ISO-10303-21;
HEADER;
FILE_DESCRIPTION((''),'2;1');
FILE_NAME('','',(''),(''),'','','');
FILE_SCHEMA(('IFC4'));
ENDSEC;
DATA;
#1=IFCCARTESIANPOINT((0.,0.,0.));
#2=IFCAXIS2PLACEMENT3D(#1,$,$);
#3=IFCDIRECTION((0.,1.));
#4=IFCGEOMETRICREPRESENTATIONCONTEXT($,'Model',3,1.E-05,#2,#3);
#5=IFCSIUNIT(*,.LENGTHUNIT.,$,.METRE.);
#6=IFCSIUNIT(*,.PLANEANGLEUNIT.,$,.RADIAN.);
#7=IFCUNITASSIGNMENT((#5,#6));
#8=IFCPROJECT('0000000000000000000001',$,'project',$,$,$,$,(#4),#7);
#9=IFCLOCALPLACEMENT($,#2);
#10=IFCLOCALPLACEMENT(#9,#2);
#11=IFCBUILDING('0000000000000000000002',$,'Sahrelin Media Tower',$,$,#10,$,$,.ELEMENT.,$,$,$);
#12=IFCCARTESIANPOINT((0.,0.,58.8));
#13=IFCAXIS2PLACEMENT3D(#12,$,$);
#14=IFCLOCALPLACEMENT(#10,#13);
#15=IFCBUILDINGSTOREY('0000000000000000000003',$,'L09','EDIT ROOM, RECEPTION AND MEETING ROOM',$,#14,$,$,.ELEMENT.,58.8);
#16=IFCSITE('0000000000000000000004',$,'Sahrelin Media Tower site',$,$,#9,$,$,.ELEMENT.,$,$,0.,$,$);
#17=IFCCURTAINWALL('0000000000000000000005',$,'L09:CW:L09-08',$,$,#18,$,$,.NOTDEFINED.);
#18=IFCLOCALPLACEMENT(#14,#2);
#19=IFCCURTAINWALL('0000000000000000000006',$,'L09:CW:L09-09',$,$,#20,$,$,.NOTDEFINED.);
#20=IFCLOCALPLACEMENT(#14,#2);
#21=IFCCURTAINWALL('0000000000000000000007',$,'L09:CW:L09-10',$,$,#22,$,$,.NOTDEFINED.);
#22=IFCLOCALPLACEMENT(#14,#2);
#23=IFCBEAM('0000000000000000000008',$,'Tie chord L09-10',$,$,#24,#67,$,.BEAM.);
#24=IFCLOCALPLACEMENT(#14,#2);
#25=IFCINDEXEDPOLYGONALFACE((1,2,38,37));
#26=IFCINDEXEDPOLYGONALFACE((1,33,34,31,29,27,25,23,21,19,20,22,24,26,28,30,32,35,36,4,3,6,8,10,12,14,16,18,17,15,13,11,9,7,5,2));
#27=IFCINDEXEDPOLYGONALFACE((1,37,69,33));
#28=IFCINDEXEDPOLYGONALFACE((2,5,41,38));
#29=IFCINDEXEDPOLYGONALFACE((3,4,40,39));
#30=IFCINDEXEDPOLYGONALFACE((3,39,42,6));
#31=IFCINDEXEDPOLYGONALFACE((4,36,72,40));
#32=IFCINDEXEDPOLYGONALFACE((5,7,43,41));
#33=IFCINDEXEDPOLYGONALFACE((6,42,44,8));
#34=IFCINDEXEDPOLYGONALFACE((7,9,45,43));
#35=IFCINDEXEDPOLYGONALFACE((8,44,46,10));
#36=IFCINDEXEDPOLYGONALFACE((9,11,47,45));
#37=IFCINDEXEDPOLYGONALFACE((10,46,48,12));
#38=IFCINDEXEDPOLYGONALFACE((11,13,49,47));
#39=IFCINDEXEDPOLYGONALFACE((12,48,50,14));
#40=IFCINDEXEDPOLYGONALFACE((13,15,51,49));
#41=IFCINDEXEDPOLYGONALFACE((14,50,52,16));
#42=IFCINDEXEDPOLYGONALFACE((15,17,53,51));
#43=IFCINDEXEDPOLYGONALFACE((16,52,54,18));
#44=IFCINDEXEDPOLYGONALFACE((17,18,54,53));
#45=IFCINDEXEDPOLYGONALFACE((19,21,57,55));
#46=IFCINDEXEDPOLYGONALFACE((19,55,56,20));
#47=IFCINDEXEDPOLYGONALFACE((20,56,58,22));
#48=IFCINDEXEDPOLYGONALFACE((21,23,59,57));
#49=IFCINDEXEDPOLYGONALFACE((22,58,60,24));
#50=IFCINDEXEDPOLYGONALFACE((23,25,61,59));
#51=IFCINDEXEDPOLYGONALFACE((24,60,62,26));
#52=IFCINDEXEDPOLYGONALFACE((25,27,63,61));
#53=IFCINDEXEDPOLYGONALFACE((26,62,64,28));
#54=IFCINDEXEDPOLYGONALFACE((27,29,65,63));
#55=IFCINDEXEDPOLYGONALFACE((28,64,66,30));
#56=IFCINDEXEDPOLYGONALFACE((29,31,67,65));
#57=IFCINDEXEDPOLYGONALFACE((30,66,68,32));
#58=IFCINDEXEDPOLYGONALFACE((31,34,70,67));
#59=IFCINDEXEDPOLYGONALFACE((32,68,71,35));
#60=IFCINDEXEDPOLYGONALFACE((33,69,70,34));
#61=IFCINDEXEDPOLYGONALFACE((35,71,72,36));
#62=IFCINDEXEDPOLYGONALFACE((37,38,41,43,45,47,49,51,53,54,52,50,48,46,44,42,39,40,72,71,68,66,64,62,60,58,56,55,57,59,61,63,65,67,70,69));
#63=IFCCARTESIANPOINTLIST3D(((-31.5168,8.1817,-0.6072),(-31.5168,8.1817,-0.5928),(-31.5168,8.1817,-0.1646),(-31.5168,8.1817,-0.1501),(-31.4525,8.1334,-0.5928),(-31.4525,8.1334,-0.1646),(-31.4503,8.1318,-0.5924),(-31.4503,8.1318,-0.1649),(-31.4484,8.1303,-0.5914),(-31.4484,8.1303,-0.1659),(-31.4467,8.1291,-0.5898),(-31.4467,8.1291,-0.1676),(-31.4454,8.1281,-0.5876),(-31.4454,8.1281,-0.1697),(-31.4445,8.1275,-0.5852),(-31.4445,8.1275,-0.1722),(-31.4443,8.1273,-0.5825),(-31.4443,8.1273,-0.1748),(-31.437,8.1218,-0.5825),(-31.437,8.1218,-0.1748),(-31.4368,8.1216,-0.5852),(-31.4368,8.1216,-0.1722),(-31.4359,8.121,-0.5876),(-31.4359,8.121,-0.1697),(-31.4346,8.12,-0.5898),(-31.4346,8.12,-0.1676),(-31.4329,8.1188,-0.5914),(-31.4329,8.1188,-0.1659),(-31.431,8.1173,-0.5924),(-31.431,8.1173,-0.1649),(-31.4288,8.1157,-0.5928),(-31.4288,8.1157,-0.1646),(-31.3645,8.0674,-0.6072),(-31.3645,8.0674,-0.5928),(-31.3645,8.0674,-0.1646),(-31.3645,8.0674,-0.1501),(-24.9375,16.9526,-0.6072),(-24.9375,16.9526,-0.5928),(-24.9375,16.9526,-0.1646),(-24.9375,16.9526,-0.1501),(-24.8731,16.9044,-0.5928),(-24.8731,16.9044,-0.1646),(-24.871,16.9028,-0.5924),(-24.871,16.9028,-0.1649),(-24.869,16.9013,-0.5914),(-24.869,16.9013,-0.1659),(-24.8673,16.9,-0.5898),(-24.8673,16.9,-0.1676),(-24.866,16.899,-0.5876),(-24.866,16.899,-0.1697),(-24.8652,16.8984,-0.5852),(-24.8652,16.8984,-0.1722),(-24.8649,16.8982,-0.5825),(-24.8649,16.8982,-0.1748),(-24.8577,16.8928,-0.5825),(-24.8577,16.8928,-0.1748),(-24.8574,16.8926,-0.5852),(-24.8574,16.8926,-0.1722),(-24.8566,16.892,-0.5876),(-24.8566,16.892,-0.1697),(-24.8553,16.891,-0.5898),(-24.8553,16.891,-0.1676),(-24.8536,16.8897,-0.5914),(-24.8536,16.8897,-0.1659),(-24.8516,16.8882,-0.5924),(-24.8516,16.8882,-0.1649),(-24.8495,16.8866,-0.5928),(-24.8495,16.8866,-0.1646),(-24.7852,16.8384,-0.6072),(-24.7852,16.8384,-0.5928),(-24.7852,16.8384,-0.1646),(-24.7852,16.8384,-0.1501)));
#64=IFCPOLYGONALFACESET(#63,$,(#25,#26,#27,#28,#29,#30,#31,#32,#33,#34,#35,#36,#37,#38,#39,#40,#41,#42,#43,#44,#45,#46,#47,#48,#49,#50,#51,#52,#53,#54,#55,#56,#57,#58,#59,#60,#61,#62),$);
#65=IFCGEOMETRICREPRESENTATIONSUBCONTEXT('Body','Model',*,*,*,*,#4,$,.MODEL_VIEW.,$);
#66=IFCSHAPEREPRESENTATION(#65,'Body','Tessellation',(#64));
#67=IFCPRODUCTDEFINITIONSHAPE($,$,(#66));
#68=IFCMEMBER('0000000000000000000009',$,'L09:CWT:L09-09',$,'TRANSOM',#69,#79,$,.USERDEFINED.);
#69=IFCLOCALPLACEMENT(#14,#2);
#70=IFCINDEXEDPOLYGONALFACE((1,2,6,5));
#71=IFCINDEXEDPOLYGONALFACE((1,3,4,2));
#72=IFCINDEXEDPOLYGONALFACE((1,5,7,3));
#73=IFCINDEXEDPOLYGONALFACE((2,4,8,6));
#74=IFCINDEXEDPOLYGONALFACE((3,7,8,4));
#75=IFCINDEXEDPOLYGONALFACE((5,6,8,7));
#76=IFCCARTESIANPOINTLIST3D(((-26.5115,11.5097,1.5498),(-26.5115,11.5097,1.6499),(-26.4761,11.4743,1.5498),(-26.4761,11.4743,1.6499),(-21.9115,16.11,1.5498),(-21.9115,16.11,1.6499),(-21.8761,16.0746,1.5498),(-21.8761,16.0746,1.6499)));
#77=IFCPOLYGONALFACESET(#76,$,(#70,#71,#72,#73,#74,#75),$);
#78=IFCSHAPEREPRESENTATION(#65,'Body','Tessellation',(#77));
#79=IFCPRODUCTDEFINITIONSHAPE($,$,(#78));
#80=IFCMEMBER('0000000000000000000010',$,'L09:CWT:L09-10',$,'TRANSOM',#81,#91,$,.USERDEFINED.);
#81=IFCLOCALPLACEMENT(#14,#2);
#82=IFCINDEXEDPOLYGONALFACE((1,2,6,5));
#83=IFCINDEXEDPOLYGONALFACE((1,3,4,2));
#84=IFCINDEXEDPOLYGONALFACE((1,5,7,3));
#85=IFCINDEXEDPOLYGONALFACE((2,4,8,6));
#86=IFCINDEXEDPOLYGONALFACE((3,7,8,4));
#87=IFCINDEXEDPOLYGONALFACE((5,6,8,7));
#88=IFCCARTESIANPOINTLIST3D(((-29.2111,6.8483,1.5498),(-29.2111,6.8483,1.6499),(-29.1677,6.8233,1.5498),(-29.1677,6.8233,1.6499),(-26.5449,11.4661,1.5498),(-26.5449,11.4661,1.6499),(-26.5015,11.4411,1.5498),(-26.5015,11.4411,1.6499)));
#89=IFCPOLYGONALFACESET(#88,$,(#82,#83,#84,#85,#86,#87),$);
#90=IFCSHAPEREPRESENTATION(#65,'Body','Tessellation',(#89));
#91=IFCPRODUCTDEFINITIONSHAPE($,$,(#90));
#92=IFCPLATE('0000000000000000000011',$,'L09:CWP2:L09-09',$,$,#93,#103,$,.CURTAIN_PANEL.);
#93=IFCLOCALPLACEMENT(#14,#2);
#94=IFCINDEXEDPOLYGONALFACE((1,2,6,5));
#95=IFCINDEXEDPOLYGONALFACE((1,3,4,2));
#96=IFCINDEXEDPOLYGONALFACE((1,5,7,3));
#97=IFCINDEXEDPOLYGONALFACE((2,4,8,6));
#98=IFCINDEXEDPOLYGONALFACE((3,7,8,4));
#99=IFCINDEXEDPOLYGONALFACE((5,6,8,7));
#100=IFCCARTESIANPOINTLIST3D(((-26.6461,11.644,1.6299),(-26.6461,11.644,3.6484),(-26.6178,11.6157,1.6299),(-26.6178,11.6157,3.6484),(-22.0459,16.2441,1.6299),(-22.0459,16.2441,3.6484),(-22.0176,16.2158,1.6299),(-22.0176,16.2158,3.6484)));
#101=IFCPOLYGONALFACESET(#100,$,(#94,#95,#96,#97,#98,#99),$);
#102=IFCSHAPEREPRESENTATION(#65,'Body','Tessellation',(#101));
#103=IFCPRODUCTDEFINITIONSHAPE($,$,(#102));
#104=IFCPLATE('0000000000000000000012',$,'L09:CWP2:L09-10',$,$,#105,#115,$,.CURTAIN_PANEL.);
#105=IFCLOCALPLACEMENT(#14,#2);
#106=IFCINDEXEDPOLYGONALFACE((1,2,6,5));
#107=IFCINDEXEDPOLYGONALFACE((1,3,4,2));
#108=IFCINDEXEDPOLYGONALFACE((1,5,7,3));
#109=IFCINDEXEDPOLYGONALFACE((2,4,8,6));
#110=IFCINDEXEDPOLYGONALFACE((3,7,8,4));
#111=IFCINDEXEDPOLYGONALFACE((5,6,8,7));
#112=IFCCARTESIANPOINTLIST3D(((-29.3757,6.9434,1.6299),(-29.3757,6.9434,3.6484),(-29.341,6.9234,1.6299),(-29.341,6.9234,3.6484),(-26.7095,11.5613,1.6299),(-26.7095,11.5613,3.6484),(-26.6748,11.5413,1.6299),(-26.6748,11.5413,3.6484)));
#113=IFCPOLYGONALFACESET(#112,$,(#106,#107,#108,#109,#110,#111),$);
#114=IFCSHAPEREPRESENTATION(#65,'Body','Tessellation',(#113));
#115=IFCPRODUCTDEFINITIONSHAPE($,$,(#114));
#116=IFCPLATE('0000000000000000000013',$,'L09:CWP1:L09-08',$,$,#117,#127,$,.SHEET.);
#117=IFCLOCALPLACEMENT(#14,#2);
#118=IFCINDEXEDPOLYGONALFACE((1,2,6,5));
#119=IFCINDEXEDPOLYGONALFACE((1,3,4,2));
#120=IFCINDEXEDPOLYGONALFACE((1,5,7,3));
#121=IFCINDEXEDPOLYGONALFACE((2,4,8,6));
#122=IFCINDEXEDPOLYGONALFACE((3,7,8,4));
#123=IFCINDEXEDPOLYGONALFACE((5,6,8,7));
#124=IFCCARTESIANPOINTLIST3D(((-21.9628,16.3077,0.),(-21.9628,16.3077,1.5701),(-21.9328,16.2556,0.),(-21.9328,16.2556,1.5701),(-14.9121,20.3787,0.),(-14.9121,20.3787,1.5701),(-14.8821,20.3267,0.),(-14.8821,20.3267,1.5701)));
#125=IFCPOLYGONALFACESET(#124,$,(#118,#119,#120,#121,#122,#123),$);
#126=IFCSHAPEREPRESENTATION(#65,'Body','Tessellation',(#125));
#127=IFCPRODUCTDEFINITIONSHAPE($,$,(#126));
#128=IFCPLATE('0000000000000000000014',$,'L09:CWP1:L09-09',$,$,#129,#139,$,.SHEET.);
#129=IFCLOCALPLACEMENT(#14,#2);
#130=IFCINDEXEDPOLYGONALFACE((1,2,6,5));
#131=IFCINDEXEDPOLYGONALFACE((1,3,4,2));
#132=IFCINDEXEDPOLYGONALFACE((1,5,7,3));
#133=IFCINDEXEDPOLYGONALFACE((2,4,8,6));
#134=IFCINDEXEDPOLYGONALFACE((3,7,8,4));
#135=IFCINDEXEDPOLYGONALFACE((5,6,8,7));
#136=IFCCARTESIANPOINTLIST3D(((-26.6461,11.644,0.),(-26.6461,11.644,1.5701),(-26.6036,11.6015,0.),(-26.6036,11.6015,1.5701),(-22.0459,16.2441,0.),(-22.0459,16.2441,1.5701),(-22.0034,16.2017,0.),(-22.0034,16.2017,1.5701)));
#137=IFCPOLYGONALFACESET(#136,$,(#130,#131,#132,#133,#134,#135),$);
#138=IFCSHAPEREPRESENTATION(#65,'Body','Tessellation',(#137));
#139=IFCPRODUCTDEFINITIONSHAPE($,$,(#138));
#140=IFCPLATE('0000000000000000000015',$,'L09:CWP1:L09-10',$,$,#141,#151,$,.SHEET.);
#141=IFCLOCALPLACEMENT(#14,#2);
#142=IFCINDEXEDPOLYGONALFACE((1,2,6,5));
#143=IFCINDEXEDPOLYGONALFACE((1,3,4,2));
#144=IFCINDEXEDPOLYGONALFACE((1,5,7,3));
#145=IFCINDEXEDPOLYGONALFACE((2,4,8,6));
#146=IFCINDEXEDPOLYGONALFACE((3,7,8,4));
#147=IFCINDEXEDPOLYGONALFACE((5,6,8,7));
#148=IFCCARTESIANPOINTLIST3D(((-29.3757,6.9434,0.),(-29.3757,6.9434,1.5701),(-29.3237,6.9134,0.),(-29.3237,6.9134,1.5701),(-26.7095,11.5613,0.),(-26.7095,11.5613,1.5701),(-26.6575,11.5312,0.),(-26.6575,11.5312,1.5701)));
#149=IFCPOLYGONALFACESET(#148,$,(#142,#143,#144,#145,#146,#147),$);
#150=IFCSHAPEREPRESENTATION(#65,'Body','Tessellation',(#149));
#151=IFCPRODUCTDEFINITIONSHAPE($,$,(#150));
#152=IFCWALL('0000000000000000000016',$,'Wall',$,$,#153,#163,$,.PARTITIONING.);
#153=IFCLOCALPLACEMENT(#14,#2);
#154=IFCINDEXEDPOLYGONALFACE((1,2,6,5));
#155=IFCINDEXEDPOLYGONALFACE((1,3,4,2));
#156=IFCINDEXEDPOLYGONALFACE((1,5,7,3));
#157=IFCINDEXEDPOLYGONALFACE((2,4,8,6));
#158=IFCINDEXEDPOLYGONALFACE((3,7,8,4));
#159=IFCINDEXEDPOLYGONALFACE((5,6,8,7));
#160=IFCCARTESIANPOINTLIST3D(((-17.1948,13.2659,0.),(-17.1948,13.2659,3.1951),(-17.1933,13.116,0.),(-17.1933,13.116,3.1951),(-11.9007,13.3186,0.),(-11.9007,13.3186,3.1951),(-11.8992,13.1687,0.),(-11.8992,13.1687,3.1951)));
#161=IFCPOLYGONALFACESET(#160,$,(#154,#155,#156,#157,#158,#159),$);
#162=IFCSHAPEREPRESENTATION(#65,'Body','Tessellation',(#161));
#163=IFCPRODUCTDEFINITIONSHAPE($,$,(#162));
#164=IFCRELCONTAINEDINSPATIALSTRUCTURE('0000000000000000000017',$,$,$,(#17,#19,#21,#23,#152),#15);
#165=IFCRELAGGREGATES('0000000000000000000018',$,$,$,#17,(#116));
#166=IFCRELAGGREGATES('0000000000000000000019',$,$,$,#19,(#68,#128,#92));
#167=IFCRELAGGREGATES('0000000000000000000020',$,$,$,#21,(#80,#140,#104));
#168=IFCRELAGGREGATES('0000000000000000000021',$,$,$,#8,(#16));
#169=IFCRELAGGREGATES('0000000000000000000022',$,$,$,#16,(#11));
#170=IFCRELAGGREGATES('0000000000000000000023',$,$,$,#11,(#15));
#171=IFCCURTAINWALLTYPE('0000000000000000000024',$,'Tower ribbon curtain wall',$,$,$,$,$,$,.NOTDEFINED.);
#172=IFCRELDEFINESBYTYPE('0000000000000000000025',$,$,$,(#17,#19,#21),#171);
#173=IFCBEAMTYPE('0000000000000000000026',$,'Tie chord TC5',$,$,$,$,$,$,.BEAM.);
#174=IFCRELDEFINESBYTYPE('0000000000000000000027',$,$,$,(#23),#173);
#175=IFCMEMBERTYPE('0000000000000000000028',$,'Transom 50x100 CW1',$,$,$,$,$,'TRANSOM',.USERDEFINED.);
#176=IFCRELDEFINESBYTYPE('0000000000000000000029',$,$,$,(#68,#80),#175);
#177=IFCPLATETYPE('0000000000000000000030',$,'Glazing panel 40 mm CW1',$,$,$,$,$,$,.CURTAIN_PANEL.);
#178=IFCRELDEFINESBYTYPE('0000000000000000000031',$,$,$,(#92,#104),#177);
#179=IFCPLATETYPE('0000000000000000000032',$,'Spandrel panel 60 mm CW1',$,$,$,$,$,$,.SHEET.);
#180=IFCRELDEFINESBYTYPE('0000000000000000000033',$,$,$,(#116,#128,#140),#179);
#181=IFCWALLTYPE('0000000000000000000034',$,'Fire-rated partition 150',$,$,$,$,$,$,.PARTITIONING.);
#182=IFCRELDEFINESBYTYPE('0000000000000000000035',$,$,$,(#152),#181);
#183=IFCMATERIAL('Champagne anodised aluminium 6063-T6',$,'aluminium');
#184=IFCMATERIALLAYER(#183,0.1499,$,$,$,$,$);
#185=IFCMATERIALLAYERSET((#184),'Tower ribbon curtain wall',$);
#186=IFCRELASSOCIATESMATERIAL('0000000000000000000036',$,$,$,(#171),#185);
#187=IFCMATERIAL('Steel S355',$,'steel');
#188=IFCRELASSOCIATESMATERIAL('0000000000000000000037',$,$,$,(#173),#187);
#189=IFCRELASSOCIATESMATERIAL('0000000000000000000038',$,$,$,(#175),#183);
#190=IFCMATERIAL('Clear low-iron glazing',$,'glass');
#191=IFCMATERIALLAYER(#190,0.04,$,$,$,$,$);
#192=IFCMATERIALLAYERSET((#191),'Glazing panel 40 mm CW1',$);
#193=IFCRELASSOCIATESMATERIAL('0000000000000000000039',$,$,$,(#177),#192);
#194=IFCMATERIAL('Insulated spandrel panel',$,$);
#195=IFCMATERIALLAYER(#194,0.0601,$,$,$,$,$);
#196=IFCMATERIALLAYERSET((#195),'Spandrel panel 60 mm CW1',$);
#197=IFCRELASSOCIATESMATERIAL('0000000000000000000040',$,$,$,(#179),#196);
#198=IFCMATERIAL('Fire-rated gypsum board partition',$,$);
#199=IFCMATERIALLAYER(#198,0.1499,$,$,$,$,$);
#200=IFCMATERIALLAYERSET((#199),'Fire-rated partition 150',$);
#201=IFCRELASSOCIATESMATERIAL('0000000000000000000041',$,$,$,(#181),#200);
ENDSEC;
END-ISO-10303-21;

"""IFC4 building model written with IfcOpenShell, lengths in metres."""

from ifc_helpers import new_model, si_unit, direction, frame, frame_2d, origin, origin_2d, place, context, subcontext, project, spatial, polyline, rectangle, i_section, outline, extrude, material, layer, layer_set, material_profile, profile_set, type_object, element, aggregate, save


model = new_model("IFC4")

# Units and contexts
model_context = context("Model", 3, precision=1e-05, world=origin(), true_north=direction((0.0, 1.0)))
body_context = subcontext(model_context, "Body", "Model", "MODEL_VIEW")
ifc_project = project(units=[si_unit("LENGTHUNIT", "METRE"), si_unit("PLANEANGLEUNIT", "RADIAN")], contexts=[model_context])

# Site, building, storey
site_placement = place(None, origin())
site = spatial("IfcSite", under=ifc_project, at=site_placement, Name="Sahrelin Media Tower site", CompositionType="ELEMENT", RefElevation=0.0)
building_placement = place(site_placement, origin())
building = spatial("IfcBuilding", under=site, at=building_placement, Name="Sahrelin Media Tower", CompositionType="ELEMENT")
storey_placement = place(building_placement, frame((0.0, 0.0, 58.8)))
storey = spatial("IfcBuildingStorey", under=building, at=storey_placement, Name="L09", Description="EDIT ROOM, RECEPTION AND MEETING ROOM", CompositionType="ELEMENT", Elevation=58.8)

# Shared definitions
ifc_material_1 = material(Name="Steel S355", Category="steel")

# Curtain walls
ifc_material_2 = material(Name="Champagne anodised aluminium 6063-T6", Category="aluminium")
ifc_layer_1 = layer(ifc_material_2, 0.1499)
ifc_layer_set_1 = layer_set([ifc_layer_1], Name="Tower ribbon curtain wall")
curtain_wall_type = type_object("IfcCurtainWallType", Name="Tower ribbon curtain wall", PredefinedType="NOTDEFINED", material=ifc_layer_set_1)
curtain_wall_1_placement = place(storey_placement, frame((-18.4275, 18.3257, 0.0), z_axis=(0.0, 0.0, 1.0), x_axis=(1.0, 0.0, 0.0)))
curtain_wall_1 = element("IfcCurtainWall", 1, at=curtain_wall_1_placement, inside=storey, type_object=curtain_wall_type, Name="L09:CW:L09-08", PredefinedType="NOTDEFINED")
curtain_wall_2_placement = place(storey_placement, frame((-24.3318, 13.9299, 0.0), z_axis=(0.0, 0.0, 1.0), x_axis=(1.0, 0.0, 0.0)))
curtain_wall_2 = element("IfcCurtainWall", 2, at=curtain_wall_2_placement, inside=storey, type_object=curtain_wall_type, Name="L09:CW:L09-09", PredefinedType="NOTDEFINED")
curtain_wall_3_placement = place(storey_placement, frame((-28.0254, 9.2422, 0.0), z_axis=(0.0, 0.0, 1.0), x_axis=(1.0, 0.0, 0.0)))
curtain_wall_3 = element("IfcCurtainWall", 3, at=curtain_wall_3_placement, inside=storey, type_object=curtain_wall_type, Name="L09:CW:L09-10", PredefinedType="NOTDEFINED")

# Beam
ifc_material_profile_1 = material_profile(ifc_material_1, i_section(OverallWidth=0.1904, OverallDepth=0.457, WebThickness=0.009, FlangeThickness=0.0144, FilletRadius=0.0103, at=origin_2d()), Name="UB 457x191x74")
ifc_profile_set_1 = profile_set([ifc_material_profile_1], Name="Steel S355")
beam_type_1 = type_object("IfcBeamType", Name="Tie chord TC5", PredefinedType="BEAM", material=ifc_profile_set_1)
beam_1_placement = place(storey_placement, frame((-24.8613, 16.8955, -0.3787), z_axis=(-0.600064, -0.799952, 0.0), x_axis=(0.799952, -0.600064, 0.0)))
element("IfcBeam", 4, at=beam_1_placement, inside=storey, type_object=beam_type_1, Name="Tie chord L09-10", PredefinedType="BEAM", context=body_context, shape_type="SweptSolid", body=[
    extrude(i_section(OverallWidth=0.1904, OverallDepth=0.457, WebThickness=0.009, FlangeThickness=0.0144, FilletRadius=0.0103, at=origin_2d()), origin(), (0.0, 0.0, 1.0), 10.9644),
])

# Members
ifc_material_profile_2 = material_profile(ifc_material_2, rectangle(XDim=0.05, YDim=0.1001, at=origin_2d()), Name="Transom 50x100")
ifc_profile_set_2 = profile_set([ifc_material_profile_2], Name="Champagne anodised aluminium 6063-T6")
member_type_1 = type_object("IfcMemberType", Name="Transom 50x100 CW1", ElementType="TRANSOM", PredefinedType="USERDEFINED", material=ifc_profile_set_2)
member_1_placement = place(storey_placement, frame((-21.8938, 16.0923, 1.5999), z_axis=(-0.707088, -0.707126, 0.0), x_axis=(0.707126, -0.707088, 0.0)))
member_1 = element("IfcMember", 5, at=member_1_placement, type_object=member_type_1, Name="L09:CWT:L09-09", ObjectType="TRANSOM", PredefinedType="USERDEFINED", context=body_context, shape_type="SweptSolid", body=[
    extrude(rectangle(XDim=0.05, YDim=0.1001, at=origin_2d()), origin(), (0.0, 0.0, 1.0), 6.5056),
])
member_2_placement = place(storey_placement, frame((-26.5232, 11.4536, 1.5999), z_axis=(-0.500014, -0.866017, 0.0), x_axis=(0.866017, -0.500014, 0.0)))
member_2 = element("IfcMember", 6, at=member_2_placement, type_object=member_type_1, Name="L09:CWT:L09-10", ObjectType="TRANSOM", PredefinedType="USERDEFINED", context=body_context, shape_type="SweptSolid", body=[
    extrude(rectangle(XDim=0.05, YDim=0.1001, at=origin_2d()), origin(), (0.0, 0.0, 1.0), 5.3323),
])

# Plates
ifc_material_3 = material(Name="Clear low-iron glazing", Category="glass")
ifc_layer_2 = layer(ifc_material_3, 0.04)
ifc_layer_set_2 = layer_set([ifc_layer_2], Name="Glazing panel 40 mm CW1")
plate_type_1 = type_object("IfcPlateType", Name="Glazing panel 40 mm CW1", PredefinedType="CURTAIN_PANEL", material=ifc_layer_set_2)
plate_1_placement = place(storey_placement, frame((-22.0459, 16.2441, 1.6299), z_axis=(-0.707107, 0.707107, 0.0), x_axis=(-0.707107, -0.707107, 0.0)))
plate_1 = element("IfcPlate", 7, at=plate_1_placement, type_object=plate_type_1, Name="L09:CWP2:L09-09", PredefinedType="CURTAIN_PANEL", context=body_context, shape_type="SweptSolid", body=[
    extrude(outline(polyline([(0.0, 0.0), (6.5056, 0.0), (6.5056, 2.0186), (0.0, 2.0186), (0.0, 0.0)])), origin(), (0.0, 0.0, -1.0), 0.04),
])
plate_2_placement = place(storey_placement, frame((-26.7095, 11.5613, 1.6299), z_axis=(-0.866017, 0.500014, 0.0), x_axis=(-0.500014, -0.866017, 0.0)))
plate_2 = element("IfcPlate", 8, at=plate_2_placement, type_object=plate_type_1, Name="L09:CWP2:L09-10", PredefinedType="CURTAIN_PANEL", context=body_context, shape_type="SweptSolid", body=[
    extrude(outline(polyline([(0.0, 0.0), (5.3323, 0.0), (5.3323, 2.0186), (0.0, 2.0186), (0.0, 0.0)])), origin(), (0.0, 0.0, -1.0), 0.04),
])
ifc_material_4 = material(Name="Insulated spandrel panel")
ifc_layer_3 = layer(ifc_material_4, 0.0601)
ifc_layer_set_3 = layer_set([ifc_layer_3], Name="Spandrel panel 60 mm CW1")
plate_type_2 = type_object("IfcPlateType", Name="Spandrel panel 60 mm CW1", PredefinedType="SHEET", material=ifc_layer_set_3)
plate_3_placement = place(storey_placement, frame((-14.9121, 20.3787, 0.0), z_axis=(-0.500025, 0.866011, 0.0), x_axis=(-0.866011, -0.500025, 0.0)))
plate_3 = element("IfcPlate", 9, at=plate_3_placement, type_object=plate_type_2, Name="L09:CWP1:L09-08", PredefinedType="SHEET", context=body_context, shape_type="SweptSolid", body=[
    extrude(outline(polyline([(0.0, 0.0), (8.1416, 0.0), (8.1416, 1.5701), (0.0, 1.5701), (0.0, 0.0)])), origin(), (0.0, 0.0, -1.0), 0.0601),
])
aggregate(curtain_wall_1, [plate_3])
plate_4_placement = place(storey_placement, frame((-22.0459, 16.2441, 0.0), z_axis=(-0.707107, 0.707107, 0.0), x_axis=(-0.707107, -0.707107, 0.0)))
plate_4 = element("IfcPlate", 10, at=plate_4_placement, type_object=plate_type_2, Name="L09:CWP1:L09-09", PredefinedType="SHEET", context=body_context, shape_type="SweptSolid", body=[
    extrude(outline(polyline([(0.0, 0.0), (6.5056, 0.0), (6.5056, 1.5701), (0.0, 1.5701), (0.0, 0.0)])), origin(), (0.0, 0.0, -1.0), 0.0601),
])
aggregate(curtain_wall_2, [member_1, plate_4, plate_1])
plate_5_placement = place(storey_placement, frame((-26.7095, 11.5613, 0.0), z_axis=(-0.866017, 0.500014, 0.0), x_axis=(-0.500014, -0.866017, 0.0)))
plate_5 = element("IfcPlate", 11, at=plate_5_placement, type_object=plate_type_2, Name="L09:CWP1:L09-10", PredefinedType="SHEET", context=body_context, shape_type="SweptSolid", body=[
    extrude(outline(polyline([(0.0, 0.0), (5.3323, 0.0), (5.3323, 1.5701), (0.0, 1.5701), (0.0, 0.0)])), origin(), (0.0, 0.0, -1.0), 0.0601),
])
aggregate(curtain_wall_3, [member_2, plate_5, plate_2])

# Wall
ifc_material_5 = material(Name="Fire-rated gypsum board partition")
ifc_layer_4 = layer(ifc_material_5, 0.1499)
ifc_layer_set_4 = layer_set([ifc_layer_4], Name="Fire-rated partition 150")
wall_type_1 = type_object("IfcWallType", Name="Fire-rated partition 150", PredefinedType="PARTITIONING", material=ifc_layer_set_4)
wall_1_placement = place(storey_placement, frame((-17.1941, 13.1909, 0.0), z_axis=(0.0, 0.0, 1.0), x_axis=(0.99995, 0.00996, 0.0)))
element("IfcWall", 12, at=wall_1_placement, inside=storey, type_object=wall_type_1, Name="Wall", PredefinedType="PARTITIONING", context=body_context, shape_type="SweptSolid", body=[
    extrude(rectangle(XDim=5.2944, YDim=0.1499, at=frame_2d((2.6472, 0.0))), origin(), (0.0, 0.0, 1.0), 3.1951),
])

save(model, "model.ifc")
